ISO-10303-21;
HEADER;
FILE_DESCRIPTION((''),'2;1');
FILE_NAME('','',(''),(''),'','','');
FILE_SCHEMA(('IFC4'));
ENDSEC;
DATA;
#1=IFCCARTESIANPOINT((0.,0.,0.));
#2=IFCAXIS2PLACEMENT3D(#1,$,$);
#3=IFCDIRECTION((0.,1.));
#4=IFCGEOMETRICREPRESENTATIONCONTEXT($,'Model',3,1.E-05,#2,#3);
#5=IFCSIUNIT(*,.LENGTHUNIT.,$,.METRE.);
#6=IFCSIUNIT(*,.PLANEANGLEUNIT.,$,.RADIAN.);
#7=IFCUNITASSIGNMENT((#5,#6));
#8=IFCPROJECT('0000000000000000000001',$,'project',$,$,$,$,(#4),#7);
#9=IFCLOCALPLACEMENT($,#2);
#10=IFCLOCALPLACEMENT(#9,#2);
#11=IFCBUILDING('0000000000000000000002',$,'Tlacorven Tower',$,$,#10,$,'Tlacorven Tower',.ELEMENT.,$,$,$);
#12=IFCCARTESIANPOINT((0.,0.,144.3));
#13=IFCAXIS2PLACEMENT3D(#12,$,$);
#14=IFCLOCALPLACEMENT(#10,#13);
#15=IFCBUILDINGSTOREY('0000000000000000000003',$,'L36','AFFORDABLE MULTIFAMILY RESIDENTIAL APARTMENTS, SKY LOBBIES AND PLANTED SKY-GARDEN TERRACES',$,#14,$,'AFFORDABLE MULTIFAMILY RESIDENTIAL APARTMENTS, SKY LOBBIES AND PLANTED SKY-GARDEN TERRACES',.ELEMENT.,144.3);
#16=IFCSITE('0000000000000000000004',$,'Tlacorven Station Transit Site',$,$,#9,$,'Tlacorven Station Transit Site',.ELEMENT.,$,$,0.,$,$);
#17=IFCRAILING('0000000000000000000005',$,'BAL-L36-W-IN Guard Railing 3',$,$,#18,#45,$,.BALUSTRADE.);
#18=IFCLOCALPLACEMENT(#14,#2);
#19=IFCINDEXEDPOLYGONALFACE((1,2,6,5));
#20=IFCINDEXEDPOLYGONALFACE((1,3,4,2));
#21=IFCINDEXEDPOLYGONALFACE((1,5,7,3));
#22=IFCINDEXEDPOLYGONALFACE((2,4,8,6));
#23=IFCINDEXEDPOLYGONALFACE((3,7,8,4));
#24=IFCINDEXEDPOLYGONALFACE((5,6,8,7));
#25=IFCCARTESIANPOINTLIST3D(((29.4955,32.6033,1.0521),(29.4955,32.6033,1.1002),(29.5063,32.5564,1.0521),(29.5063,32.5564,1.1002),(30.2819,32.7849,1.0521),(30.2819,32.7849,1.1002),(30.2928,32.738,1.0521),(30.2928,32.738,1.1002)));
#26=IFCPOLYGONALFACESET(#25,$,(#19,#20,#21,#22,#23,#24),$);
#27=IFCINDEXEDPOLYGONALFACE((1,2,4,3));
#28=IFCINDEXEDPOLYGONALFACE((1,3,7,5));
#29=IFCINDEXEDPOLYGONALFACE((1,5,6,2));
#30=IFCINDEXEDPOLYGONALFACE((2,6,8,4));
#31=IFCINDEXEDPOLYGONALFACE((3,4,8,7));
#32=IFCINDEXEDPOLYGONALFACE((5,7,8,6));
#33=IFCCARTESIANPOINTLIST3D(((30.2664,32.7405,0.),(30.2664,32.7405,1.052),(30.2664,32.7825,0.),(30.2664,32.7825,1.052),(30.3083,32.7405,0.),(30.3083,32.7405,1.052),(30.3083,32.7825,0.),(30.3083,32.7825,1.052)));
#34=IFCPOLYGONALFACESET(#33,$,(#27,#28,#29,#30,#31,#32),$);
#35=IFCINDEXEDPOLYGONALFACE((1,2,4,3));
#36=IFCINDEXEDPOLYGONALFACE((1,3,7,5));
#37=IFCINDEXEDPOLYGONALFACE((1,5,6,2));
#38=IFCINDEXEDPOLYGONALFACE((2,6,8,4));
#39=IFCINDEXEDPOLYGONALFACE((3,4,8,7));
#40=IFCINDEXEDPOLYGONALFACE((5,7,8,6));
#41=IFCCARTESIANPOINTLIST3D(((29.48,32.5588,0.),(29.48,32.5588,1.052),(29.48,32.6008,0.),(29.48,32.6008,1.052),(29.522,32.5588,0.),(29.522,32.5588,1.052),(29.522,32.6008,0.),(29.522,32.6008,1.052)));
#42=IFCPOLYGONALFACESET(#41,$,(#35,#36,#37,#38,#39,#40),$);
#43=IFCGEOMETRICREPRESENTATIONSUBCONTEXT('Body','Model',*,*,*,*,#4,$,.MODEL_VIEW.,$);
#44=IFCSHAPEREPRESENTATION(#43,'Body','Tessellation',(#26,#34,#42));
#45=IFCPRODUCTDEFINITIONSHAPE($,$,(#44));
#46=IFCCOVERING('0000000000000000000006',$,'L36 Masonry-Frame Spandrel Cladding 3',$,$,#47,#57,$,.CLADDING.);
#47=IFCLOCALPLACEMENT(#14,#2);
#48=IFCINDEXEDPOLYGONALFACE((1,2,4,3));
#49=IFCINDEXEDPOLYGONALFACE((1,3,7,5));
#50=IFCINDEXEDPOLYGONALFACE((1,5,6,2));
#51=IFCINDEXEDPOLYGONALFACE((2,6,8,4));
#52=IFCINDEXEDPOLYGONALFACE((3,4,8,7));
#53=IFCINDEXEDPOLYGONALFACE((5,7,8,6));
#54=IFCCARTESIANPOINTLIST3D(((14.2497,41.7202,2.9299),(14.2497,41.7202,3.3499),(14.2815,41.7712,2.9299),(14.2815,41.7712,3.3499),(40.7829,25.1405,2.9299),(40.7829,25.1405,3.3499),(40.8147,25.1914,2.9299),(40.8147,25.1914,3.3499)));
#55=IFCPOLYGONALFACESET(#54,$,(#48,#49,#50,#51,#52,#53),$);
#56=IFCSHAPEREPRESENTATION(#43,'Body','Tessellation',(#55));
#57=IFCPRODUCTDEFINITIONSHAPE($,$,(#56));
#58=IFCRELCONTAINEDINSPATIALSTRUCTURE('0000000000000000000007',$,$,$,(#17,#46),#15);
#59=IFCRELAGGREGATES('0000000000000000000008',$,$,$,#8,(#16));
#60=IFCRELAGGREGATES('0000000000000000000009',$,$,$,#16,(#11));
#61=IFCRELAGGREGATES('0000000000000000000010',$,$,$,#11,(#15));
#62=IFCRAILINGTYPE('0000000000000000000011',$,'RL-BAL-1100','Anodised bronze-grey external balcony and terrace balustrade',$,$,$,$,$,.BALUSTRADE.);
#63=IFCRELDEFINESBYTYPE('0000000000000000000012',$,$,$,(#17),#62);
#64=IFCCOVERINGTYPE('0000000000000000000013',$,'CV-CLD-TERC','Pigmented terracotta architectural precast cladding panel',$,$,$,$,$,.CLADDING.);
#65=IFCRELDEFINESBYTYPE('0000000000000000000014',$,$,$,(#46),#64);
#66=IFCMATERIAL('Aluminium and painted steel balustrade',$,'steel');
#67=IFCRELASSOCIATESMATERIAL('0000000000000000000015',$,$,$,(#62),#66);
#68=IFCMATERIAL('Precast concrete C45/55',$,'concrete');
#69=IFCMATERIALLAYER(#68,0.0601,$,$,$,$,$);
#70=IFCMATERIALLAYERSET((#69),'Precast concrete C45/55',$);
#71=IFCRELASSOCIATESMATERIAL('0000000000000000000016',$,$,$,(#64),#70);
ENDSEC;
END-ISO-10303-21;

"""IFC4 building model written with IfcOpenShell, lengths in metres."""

from ifc_helpers import new_model, si_unit, direction, frame, origin, origin_2d, place, context, subcontext, project, spatial, rectangle, extrude, source, transform, mapped, material, layer, layer_set, type_object, element, save


model = new_model("IFC4")

# Units and contexts
model_context = context("Model", 3, precision=1e-05, world=origin(), true_north=direction((0.0, 1.0)))
body_context = subcontext(model_context, "Body", "Model", "MODEL_VIEW")
ifc_project = project(units=[si_unit("LENGTHUNIT", "METRE"), si_unit("PLANEANGLEUNIT", "RADIAN")], contexts=[model_context])

# Site, building, storey
site_placement = place(None, origin())
site = spatial("IfcSite", under=ifc_project, at=site_placement, Name="Tlacorven Station Transit Site", LongName="Tlacorven Station Transit Site", CompositionType="ELEMENT", RefElevation=0.0)
building_placement = place(site_placement, origin())
building = spatial("IfcBuilding", under=site, at=building_placement, Name="Tlacorven Tower", LongName="Tlacorven Tower", CompositionType="ELEMENT")
storey_placement = place(building_placement, frame((0.0, 0.0, 144.3)))
storey = spatial("IfcBuildingStorey", under=building, at=storey_placement, Name="L36", Description="AFFORDABLE MULTIFAMILY RESIDENTIAL APARTMENTS, SKY LOBBIES AND PLANTED SKY-GARDEN TERRACES", LongName="AFFORDABLE MULTIFAMILY RESIDENTIAL APARTMENTS, SKY LOBBIES AND PLANTED SKY-GARDEN TERRACES", CompositionType="ELEMENT", Elevation=144.3)

# Railing
ifc_material_1 = material(Name="Aluminium and painted steel balustrade", Category="steel")
railing_type = type_object("IfcRailingType", Name="RL-BAL-1100", Description="Anodised bronze-grey external balcony and terrace balustrade", PredefinedType="BALUSTRADE", material=ifc_material_1)
shared_shape_1 = source(origin(), body_context, "Body", "SweptSolid", [
    extrude(rectangle(XDim=0.0481, YDim=0.0481, at=origin_2d()), frame((0.0, 0.0, 1.0762), z_axis=(-0.974345, -0.225058, 0.0), x_axis=(0.225058, -0.974345, 0.0)), (0.0, 0.0, 1.0), 0.8071),
    extrude(rectangle(XDim=0.042, YDim=0.042, at=origin_2d()), origin(), (0.0, 0.0, 1.0), 1.052),
    extrude(rectangle(XDim=0.042, YDim=0.042, at=origin_2d()), frame((-0.7864, -0.1816, 0.0)), (0.0, 0.0, 1.0), 1.052),
])
railing_1_placement = place(storey_placement, frame((30.2874, 32.7615, 0.0)))
element("IfcRailing", 1, at=railing_1_placement, inside=storey, type_object=railing_type, Name="BAL-L36-W-IN Guard Railing 3", PredefinedType="BALUSTRADE", context=body_context, shape_type="MappedRepresentation", body=[
    mapped(shared_shape_1, transform((0.0, 0.0, 0.0), scale=1.0)),
])

# Covering
ifc_material_2 = material(Name="Precast concrete C45/55", Category="concrete")
ifc_layer_1 = layer(ifc_material_2, 0.0601)
ifc_layer_set_1 = layer_set([ifc_layer_1], Name="Precast concrete C45/55")
covering_type = type_object("IfcCoveringType", Name="CV-CLD-TERC", Description="Pigmented terracotta architectural precast cladding panel", PredefinedType="CLADDING", material=ifc_layer_set_1)
shared_shape_2 = source(origin(), body_context, "Body", "SweptSolid", [
    extrude(rectangle(XDim=31.2874, YDim=0.0601, at=origin_2d()), origin(), (0.0, 0.0, 1.0), 0.4199),
])
covering_placement = place(storey_placement, frame((27.5322, 33.4558, 2.9299), z_axis=(0.0, 0.0, 1.0), x_axis=(0.848048, -0.529919, 0.0)))
element("IfcCovering", 2, at=covering_placement, inside=storey, type_object=covering_type, Name="L36 Masonry-Frame Spandrel Cladding 3", PredefinedType="CLADDING", context=body_context, shape_type="MappedRepresentation", body=[
    mapped(shared_shape_2, transform((0.0, 0.0, 0.0), scale=1.0)),
])

save(model, "model.ifc")
